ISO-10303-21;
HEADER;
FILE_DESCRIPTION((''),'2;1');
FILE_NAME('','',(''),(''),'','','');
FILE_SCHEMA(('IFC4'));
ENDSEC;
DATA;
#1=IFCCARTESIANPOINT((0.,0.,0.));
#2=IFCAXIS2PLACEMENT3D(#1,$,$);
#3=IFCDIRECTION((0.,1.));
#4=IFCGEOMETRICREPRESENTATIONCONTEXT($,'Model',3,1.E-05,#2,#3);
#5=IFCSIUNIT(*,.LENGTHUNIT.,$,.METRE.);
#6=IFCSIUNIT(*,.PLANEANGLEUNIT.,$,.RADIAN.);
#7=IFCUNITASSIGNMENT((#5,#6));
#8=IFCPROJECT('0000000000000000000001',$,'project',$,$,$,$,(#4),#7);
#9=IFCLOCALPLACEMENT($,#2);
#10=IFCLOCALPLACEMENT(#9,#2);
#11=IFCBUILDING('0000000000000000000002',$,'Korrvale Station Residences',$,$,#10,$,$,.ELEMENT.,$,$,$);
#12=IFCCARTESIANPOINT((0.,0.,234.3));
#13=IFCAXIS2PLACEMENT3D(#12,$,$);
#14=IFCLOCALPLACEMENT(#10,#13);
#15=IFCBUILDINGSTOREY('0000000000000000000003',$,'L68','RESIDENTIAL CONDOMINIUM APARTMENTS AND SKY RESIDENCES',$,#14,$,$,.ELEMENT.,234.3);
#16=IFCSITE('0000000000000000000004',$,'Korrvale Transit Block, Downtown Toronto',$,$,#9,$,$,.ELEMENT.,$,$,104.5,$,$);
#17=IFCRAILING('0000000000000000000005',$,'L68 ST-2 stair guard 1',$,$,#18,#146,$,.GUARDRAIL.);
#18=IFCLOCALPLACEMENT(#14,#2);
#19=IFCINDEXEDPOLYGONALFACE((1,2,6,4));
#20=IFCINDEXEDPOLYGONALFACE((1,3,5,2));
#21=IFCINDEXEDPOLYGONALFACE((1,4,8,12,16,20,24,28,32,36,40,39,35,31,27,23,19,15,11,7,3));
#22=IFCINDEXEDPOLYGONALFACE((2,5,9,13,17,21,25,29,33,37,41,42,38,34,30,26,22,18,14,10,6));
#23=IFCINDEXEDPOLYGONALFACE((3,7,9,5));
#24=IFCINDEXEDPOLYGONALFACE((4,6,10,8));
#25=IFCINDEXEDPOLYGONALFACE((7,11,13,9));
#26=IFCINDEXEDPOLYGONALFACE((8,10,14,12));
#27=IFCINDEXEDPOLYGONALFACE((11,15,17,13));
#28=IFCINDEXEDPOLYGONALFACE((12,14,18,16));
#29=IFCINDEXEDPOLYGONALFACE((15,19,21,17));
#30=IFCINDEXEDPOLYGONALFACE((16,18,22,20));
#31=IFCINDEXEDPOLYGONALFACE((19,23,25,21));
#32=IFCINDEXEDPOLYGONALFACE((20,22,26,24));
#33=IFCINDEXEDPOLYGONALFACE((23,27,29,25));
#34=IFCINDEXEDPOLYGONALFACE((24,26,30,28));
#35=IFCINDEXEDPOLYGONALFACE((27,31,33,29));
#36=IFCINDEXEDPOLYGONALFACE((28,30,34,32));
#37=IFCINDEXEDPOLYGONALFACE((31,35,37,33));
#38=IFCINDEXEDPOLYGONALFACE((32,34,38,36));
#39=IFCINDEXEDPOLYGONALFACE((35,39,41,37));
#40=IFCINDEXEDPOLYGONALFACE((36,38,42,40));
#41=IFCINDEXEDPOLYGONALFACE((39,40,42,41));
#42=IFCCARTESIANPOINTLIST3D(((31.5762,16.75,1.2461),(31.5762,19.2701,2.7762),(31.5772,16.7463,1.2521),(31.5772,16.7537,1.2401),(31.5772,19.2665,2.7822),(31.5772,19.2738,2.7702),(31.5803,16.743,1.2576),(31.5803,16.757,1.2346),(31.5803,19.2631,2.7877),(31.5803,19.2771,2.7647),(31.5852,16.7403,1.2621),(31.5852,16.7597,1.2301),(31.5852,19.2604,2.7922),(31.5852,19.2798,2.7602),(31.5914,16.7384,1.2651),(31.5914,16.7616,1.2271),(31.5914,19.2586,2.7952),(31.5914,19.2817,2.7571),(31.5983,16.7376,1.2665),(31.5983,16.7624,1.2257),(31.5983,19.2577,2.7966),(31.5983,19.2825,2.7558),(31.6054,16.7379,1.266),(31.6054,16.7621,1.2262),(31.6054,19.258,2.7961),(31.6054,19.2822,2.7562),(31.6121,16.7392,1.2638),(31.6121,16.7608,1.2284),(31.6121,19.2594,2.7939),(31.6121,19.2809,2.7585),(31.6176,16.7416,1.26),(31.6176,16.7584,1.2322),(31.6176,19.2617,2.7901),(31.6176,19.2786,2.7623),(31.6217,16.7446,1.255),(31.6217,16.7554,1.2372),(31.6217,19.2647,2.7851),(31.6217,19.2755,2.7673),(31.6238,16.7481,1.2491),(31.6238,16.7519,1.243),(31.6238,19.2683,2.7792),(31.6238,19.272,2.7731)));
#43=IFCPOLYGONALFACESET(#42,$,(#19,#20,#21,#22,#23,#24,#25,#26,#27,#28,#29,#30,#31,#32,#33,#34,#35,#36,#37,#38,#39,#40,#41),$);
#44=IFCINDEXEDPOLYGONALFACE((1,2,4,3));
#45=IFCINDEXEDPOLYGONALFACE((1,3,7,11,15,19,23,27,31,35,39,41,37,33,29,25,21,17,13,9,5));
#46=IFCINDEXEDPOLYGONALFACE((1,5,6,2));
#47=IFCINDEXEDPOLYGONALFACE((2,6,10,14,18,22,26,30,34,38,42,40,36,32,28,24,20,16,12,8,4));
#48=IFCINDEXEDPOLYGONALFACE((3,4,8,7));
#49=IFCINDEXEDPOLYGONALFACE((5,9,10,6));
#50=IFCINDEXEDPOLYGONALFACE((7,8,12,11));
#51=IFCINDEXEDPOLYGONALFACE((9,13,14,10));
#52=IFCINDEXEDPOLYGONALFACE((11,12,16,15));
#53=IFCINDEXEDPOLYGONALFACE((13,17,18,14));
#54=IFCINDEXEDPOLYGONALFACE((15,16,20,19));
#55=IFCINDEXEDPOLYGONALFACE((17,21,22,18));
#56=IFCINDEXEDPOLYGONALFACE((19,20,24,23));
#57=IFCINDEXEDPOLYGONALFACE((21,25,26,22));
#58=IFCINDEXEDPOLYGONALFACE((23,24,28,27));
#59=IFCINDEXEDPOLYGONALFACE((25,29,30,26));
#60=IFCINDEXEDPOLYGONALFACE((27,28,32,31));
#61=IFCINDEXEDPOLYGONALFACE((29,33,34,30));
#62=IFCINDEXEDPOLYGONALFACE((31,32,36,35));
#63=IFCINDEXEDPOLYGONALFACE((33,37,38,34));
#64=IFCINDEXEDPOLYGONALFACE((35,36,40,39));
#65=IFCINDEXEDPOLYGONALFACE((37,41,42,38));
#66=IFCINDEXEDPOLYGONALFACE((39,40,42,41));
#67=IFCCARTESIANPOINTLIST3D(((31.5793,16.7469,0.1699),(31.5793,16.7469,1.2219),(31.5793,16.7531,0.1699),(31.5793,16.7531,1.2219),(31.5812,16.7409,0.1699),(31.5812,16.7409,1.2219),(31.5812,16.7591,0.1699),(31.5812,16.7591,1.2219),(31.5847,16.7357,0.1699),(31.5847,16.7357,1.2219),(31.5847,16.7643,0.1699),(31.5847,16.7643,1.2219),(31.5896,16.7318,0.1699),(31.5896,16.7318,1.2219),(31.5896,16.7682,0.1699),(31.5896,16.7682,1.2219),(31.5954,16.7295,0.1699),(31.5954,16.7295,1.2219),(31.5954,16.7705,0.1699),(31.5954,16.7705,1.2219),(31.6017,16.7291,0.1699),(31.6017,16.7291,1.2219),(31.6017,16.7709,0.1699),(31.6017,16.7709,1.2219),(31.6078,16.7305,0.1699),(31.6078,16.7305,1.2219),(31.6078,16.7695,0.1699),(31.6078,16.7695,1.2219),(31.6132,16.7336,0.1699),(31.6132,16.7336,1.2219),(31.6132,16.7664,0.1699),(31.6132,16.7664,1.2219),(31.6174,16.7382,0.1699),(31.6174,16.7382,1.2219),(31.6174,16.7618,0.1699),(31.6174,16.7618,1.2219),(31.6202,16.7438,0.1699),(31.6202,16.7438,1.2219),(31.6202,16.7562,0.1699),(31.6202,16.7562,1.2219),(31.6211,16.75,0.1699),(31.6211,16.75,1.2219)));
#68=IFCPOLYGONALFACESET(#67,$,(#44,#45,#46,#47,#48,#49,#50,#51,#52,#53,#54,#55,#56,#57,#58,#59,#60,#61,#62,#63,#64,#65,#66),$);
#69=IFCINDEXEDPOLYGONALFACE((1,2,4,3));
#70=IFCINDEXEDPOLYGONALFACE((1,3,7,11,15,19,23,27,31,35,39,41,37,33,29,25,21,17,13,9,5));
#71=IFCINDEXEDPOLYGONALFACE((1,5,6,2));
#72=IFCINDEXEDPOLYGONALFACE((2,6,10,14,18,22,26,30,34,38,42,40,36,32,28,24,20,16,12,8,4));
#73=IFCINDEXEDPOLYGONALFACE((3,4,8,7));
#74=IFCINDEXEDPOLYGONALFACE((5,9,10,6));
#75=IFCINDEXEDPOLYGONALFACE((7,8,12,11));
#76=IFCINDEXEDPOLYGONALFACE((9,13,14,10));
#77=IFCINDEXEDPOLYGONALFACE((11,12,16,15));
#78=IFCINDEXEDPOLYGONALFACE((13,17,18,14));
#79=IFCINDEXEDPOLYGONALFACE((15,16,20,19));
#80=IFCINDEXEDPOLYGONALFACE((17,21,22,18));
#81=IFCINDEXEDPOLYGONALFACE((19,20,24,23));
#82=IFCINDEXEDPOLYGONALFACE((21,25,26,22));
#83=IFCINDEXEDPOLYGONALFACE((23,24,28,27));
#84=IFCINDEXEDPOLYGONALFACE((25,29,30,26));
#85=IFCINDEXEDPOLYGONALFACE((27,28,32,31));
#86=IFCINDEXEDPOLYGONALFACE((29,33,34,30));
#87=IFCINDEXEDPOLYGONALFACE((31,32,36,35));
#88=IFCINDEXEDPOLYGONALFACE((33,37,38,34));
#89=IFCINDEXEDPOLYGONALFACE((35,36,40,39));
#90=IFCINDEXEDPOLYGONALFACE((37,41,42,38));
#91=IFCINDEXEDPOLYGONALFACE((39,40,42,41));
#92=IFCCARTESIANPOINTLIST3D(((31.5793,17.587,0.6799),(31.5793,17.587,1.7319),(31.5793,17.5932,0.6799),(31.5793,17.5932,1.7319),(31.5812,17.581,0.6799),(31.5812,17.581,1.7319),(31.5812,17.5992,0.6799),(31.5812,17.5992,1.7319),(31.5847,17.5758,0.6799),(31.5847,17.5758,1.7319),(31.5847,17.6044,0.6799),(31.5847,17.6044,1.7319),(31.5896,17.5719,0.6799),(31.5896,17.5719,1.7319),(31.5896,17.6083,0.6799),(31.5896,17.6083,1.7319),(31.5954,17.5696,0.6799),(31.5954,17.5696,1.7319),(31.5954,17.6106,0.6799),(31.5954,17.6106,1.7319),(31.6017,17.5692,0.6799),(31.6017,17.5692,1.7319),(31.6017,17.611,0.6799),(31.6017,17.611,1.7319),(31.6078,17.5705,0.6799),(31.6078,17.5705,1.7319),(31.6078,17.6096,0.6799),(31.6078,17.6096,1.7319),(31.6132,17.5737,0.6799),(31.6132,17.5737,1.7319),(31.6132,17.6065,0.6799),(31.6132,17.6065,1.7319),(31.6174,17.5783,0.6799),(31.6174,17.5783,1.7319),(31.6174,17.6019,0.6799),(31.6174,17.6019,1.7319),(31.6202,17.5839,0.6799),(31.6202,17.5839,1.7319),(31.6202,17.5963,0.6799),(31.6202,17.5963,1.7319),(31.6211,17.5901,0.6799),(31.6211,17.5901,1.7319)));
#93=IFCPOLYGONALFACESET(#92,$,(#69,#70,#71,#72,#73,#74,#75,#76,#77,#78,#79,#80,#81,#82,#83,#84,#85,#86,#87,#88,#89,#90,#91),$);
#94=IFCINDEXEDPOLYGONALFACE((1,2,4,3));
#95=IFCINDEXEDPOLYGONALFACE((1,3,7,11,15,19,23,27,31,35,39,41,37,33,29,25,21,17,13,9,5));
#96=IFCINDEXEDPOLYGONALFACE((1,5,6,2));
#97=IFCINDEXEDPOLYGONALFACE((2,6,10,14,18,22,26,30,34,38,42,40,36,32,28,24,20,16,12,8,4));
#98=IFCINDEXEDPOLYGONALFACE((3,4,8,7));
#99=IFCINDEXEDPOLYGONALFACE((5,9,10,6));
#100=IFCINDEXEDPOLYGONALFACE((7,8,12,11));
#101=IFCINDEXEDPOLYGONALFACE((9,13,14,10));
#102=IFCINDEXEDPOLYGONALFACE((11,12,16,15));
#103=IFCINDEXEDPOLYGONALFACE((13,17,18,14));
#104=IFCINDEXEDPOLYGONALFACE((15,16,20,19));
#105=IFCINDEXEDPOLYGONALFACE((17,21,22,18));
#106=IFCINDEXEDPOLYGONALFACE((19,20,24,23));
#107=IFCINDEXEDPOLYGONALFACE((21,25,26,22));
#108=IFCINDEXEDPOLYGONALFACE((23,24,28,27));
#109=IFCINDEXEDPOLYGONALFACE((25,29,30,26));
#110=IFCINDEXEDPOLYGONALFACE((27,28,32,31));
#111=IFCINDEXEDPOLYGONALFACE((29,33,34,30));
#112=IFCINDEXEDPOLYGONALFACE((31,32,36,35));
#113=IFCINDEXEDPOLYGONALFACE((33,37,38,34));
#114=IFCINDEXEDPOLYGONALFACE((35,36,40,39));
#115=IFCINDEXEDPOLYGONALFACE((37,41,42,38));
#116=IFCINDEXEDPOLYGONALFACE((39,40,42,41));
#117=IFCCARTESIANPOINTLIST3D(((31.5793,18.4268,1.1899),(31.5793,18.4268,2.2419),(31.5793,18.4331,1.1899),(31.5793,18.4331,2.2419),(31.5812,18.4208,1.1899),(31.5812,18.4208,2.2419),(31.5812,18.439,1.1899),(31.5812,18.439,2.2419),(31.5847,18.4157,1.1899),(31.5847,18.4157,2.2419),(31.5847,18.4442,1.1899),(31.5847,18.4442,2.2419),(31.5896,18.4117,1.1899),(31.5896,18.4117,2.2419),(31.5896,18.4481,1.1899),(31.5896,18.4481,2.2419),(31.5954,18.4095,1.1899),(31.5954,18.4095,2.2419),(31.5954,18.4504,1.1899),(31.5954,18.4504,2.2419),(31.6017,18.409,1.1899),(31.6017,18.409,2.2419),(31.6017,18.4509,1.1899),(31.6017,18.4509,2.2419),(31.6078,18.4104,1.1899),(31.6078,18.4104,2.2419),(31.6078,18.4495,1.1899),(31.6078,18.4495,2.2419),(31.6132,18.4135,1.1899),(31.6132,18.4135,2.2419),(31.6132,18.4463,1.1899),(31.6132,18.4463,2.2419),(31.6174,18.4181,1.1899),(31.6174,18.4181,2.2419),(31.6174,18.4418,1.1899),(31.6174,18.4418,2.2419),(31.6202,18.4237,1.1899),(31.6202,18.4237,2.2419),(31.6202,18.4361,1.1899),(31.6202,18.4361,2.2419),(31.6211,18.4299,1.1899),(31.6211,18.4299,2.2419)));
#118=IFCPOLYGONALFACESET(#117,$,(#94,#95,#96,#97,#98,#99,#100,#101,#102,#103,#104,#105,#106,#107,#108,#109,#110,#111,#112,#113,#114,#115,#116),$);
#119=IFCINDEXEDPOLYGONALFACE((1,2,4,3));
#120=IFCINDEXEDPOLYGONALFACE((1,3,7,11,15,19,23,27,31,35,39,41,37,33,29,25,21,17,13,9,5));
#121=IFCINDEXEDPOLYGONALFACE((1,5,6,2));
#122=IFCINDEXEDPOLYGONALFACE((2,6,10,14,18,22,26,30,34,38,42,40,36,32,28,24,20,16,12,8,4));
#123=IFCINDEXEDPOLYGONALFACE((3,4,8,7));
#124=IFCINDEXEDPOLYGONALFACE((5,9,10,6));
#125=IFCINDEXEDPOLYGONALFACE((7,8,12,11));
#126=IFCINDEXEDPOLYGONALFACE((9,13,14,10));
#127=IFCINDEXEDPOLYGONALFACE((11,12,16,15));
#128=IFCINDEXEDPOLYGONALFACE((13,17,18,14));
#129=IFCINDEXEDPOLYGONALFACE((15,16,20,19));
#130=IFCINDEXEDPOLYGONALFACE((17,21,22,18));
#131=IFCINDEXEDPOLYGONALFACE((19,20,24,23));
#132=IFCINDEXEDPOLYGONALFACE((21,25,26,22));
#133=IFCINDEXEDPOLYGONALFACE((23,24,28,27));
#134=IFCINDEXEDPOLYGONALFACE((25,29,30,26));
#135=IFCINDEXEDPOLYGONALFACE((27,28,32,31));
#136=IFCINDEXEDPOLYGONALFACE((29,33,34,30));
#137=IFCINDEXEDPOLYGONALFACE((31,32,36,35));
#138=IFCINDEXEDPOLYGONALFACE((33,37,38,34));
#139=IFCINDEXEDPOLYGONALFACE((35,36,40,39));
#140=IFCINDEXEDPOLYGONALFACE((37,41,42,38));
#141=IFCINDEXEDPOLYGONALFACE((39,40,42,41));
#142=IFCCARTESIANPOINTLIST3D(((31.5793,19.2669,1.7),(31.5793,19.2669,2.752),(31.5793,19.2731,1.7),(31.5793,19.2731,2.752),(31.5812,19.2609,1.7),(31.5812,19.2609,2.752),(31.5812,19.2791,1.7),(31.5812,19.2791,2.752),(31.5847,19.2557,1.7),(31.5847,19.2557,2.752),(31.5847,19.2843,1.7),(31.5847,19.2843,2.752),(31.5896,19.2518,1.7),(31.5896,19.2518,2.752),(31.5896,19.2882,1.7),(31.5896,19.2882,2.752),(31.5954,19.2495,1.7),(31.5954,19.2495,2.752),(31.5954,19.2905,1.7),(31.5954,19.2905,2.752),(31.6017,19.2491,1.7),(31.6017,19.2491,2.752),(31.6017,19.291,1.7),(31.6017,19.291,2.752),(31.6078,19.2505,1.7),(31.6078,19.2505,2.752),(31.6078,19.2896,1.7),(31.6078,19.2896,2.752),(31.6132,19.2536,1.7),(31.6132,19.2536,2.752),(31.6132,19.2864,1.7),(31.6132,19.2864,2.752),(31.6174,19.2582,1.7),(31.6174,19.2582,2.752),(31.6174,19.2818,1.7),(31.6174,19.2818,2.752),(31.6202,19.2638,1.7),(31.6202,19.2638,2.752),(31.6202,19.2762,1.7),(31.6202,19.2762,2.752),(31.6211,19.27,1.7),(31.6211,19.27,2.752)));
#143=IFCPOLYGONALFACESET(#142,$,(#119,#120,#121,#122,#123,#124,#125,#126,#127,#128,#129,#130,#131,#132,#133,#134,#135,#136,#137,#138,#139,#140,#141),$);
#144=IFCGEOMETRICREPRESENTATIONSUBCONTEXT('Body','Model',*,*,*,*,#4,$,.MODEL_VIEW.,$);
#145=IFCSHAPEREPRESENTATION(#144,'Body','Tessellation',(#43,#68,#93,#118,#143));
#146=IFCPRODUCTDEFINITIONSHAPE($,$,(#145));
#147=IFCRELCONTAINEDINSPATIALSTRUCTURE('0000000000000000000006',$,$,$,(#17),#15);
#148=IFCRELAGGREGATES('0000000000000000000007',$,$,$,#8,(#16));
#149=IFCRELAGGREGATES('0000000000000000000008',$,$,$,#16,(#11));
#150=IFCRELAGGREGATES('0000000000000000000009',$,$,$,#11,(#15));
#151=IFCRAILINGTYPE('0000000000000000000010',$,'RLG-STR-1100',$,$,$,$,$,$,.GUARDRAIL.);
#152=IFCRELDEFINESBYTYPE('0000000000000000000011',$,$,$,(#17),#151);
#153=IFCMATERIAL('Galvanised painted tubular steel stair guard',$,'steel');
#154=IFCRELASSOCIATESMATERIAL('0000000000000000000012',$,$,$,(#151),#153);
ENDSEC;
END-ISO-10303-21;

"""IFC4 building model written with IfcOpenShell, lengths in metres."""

from ifc_helpers import new_model, si_unit, direction, frame, origin, origin_2d, place, context, subcontext, project, spatial, circle, extrude, material, type_object, element, save


model = new_model("IFC4")

# Units and contexts
model_context = context("Model", 3, precision=1e-05, world=origin(), true_north=direction((0.0, 1.0)))
body_context = subcontext(model_context, "Body", "Model", "MODEL_VIEW")
ifc_project = project(units=[si_unit("LENGTHUNIT", "METRE"), si_unit("PLANEANGLEUNIT", "RADIAN")], contexts=[model_context])

# Site, building, storey
site_placement = place(None, origin())
site = spatial("IfcSite", under=ifc_project, at=site_placement, Name="Korrvale Transit Block, Downtown Toronto", CompositionType="ELEMENT", RefElevation=104.5)
building_placement = place(site_placement, origin())
building = spatial("IfcBuilding", under=site, at=building_placement, Name="Korrvale Station Residences", CompositionType="ELEMENT")
storey_placement = place(building_placement, frame((0.0, 0.0, 234.3)))
storey = spatial("IfcBuildingStorey", under=building, at=storey_placement, Name="L68", Description="RESIDENTIAL CONDOMINIUM APARTMENTS AND SKY RESIDENCES", CompositionType="ELEMENT", Elevation=234.3)

# Railing
ifc_material_1 = material(Name="Galvanised painted tubular steel stair guard", Category="steel")
railing_type_1 = type_object("IfcRailingType", Name="RLG-STR-1100", PredefinedType="GUARDRAIL", material=ifc_material_1)
railing_1_placement = place(storey_placement, frame((31.6001, 16.75, 0.1699)))
element("IfcRailing", 1, at=railing_1_placement, inside=storey, type_object=railing_type_1, Name="L68 ST-2 stair guard 1", PredefinedType="GUARDRAIL", context=body_context, shape_type="SweptSolid", body=[
    extrude(circle(Radius=0.0239, at=origin_2d()), frame((0.0, 0.0, 1.0762), z_axis=(0.0, 0.854785, 0.518982), x_axis=(-1.0, 0.0, 0.0)), (0.0, 0.0, 1.0), 2.9482),
    extrude(circle(Radius=0.021, at=origin_2d()), origin(), (0.0, 0.0, 1.0), 1.052),
    extrude(circle(Radius=0.021, at=origin_2d()), frame((0.0, 0.8401, 0.51)), (0.0, 0.0, 1.0), 1.052),
    extrude(circle(Radius=0.021, at=origin_2d()), frame((0.0, 1.6799, 1.02)), (0.0, 0.0, 1.0), 1.052),
    extrude(circle(Radius=0.021, at=origin_2d()), frame((0.0, 2.52, 1.53)), (0.0, 0.0, 1.0), 1.052),
])

save(model, "model.ifc")
